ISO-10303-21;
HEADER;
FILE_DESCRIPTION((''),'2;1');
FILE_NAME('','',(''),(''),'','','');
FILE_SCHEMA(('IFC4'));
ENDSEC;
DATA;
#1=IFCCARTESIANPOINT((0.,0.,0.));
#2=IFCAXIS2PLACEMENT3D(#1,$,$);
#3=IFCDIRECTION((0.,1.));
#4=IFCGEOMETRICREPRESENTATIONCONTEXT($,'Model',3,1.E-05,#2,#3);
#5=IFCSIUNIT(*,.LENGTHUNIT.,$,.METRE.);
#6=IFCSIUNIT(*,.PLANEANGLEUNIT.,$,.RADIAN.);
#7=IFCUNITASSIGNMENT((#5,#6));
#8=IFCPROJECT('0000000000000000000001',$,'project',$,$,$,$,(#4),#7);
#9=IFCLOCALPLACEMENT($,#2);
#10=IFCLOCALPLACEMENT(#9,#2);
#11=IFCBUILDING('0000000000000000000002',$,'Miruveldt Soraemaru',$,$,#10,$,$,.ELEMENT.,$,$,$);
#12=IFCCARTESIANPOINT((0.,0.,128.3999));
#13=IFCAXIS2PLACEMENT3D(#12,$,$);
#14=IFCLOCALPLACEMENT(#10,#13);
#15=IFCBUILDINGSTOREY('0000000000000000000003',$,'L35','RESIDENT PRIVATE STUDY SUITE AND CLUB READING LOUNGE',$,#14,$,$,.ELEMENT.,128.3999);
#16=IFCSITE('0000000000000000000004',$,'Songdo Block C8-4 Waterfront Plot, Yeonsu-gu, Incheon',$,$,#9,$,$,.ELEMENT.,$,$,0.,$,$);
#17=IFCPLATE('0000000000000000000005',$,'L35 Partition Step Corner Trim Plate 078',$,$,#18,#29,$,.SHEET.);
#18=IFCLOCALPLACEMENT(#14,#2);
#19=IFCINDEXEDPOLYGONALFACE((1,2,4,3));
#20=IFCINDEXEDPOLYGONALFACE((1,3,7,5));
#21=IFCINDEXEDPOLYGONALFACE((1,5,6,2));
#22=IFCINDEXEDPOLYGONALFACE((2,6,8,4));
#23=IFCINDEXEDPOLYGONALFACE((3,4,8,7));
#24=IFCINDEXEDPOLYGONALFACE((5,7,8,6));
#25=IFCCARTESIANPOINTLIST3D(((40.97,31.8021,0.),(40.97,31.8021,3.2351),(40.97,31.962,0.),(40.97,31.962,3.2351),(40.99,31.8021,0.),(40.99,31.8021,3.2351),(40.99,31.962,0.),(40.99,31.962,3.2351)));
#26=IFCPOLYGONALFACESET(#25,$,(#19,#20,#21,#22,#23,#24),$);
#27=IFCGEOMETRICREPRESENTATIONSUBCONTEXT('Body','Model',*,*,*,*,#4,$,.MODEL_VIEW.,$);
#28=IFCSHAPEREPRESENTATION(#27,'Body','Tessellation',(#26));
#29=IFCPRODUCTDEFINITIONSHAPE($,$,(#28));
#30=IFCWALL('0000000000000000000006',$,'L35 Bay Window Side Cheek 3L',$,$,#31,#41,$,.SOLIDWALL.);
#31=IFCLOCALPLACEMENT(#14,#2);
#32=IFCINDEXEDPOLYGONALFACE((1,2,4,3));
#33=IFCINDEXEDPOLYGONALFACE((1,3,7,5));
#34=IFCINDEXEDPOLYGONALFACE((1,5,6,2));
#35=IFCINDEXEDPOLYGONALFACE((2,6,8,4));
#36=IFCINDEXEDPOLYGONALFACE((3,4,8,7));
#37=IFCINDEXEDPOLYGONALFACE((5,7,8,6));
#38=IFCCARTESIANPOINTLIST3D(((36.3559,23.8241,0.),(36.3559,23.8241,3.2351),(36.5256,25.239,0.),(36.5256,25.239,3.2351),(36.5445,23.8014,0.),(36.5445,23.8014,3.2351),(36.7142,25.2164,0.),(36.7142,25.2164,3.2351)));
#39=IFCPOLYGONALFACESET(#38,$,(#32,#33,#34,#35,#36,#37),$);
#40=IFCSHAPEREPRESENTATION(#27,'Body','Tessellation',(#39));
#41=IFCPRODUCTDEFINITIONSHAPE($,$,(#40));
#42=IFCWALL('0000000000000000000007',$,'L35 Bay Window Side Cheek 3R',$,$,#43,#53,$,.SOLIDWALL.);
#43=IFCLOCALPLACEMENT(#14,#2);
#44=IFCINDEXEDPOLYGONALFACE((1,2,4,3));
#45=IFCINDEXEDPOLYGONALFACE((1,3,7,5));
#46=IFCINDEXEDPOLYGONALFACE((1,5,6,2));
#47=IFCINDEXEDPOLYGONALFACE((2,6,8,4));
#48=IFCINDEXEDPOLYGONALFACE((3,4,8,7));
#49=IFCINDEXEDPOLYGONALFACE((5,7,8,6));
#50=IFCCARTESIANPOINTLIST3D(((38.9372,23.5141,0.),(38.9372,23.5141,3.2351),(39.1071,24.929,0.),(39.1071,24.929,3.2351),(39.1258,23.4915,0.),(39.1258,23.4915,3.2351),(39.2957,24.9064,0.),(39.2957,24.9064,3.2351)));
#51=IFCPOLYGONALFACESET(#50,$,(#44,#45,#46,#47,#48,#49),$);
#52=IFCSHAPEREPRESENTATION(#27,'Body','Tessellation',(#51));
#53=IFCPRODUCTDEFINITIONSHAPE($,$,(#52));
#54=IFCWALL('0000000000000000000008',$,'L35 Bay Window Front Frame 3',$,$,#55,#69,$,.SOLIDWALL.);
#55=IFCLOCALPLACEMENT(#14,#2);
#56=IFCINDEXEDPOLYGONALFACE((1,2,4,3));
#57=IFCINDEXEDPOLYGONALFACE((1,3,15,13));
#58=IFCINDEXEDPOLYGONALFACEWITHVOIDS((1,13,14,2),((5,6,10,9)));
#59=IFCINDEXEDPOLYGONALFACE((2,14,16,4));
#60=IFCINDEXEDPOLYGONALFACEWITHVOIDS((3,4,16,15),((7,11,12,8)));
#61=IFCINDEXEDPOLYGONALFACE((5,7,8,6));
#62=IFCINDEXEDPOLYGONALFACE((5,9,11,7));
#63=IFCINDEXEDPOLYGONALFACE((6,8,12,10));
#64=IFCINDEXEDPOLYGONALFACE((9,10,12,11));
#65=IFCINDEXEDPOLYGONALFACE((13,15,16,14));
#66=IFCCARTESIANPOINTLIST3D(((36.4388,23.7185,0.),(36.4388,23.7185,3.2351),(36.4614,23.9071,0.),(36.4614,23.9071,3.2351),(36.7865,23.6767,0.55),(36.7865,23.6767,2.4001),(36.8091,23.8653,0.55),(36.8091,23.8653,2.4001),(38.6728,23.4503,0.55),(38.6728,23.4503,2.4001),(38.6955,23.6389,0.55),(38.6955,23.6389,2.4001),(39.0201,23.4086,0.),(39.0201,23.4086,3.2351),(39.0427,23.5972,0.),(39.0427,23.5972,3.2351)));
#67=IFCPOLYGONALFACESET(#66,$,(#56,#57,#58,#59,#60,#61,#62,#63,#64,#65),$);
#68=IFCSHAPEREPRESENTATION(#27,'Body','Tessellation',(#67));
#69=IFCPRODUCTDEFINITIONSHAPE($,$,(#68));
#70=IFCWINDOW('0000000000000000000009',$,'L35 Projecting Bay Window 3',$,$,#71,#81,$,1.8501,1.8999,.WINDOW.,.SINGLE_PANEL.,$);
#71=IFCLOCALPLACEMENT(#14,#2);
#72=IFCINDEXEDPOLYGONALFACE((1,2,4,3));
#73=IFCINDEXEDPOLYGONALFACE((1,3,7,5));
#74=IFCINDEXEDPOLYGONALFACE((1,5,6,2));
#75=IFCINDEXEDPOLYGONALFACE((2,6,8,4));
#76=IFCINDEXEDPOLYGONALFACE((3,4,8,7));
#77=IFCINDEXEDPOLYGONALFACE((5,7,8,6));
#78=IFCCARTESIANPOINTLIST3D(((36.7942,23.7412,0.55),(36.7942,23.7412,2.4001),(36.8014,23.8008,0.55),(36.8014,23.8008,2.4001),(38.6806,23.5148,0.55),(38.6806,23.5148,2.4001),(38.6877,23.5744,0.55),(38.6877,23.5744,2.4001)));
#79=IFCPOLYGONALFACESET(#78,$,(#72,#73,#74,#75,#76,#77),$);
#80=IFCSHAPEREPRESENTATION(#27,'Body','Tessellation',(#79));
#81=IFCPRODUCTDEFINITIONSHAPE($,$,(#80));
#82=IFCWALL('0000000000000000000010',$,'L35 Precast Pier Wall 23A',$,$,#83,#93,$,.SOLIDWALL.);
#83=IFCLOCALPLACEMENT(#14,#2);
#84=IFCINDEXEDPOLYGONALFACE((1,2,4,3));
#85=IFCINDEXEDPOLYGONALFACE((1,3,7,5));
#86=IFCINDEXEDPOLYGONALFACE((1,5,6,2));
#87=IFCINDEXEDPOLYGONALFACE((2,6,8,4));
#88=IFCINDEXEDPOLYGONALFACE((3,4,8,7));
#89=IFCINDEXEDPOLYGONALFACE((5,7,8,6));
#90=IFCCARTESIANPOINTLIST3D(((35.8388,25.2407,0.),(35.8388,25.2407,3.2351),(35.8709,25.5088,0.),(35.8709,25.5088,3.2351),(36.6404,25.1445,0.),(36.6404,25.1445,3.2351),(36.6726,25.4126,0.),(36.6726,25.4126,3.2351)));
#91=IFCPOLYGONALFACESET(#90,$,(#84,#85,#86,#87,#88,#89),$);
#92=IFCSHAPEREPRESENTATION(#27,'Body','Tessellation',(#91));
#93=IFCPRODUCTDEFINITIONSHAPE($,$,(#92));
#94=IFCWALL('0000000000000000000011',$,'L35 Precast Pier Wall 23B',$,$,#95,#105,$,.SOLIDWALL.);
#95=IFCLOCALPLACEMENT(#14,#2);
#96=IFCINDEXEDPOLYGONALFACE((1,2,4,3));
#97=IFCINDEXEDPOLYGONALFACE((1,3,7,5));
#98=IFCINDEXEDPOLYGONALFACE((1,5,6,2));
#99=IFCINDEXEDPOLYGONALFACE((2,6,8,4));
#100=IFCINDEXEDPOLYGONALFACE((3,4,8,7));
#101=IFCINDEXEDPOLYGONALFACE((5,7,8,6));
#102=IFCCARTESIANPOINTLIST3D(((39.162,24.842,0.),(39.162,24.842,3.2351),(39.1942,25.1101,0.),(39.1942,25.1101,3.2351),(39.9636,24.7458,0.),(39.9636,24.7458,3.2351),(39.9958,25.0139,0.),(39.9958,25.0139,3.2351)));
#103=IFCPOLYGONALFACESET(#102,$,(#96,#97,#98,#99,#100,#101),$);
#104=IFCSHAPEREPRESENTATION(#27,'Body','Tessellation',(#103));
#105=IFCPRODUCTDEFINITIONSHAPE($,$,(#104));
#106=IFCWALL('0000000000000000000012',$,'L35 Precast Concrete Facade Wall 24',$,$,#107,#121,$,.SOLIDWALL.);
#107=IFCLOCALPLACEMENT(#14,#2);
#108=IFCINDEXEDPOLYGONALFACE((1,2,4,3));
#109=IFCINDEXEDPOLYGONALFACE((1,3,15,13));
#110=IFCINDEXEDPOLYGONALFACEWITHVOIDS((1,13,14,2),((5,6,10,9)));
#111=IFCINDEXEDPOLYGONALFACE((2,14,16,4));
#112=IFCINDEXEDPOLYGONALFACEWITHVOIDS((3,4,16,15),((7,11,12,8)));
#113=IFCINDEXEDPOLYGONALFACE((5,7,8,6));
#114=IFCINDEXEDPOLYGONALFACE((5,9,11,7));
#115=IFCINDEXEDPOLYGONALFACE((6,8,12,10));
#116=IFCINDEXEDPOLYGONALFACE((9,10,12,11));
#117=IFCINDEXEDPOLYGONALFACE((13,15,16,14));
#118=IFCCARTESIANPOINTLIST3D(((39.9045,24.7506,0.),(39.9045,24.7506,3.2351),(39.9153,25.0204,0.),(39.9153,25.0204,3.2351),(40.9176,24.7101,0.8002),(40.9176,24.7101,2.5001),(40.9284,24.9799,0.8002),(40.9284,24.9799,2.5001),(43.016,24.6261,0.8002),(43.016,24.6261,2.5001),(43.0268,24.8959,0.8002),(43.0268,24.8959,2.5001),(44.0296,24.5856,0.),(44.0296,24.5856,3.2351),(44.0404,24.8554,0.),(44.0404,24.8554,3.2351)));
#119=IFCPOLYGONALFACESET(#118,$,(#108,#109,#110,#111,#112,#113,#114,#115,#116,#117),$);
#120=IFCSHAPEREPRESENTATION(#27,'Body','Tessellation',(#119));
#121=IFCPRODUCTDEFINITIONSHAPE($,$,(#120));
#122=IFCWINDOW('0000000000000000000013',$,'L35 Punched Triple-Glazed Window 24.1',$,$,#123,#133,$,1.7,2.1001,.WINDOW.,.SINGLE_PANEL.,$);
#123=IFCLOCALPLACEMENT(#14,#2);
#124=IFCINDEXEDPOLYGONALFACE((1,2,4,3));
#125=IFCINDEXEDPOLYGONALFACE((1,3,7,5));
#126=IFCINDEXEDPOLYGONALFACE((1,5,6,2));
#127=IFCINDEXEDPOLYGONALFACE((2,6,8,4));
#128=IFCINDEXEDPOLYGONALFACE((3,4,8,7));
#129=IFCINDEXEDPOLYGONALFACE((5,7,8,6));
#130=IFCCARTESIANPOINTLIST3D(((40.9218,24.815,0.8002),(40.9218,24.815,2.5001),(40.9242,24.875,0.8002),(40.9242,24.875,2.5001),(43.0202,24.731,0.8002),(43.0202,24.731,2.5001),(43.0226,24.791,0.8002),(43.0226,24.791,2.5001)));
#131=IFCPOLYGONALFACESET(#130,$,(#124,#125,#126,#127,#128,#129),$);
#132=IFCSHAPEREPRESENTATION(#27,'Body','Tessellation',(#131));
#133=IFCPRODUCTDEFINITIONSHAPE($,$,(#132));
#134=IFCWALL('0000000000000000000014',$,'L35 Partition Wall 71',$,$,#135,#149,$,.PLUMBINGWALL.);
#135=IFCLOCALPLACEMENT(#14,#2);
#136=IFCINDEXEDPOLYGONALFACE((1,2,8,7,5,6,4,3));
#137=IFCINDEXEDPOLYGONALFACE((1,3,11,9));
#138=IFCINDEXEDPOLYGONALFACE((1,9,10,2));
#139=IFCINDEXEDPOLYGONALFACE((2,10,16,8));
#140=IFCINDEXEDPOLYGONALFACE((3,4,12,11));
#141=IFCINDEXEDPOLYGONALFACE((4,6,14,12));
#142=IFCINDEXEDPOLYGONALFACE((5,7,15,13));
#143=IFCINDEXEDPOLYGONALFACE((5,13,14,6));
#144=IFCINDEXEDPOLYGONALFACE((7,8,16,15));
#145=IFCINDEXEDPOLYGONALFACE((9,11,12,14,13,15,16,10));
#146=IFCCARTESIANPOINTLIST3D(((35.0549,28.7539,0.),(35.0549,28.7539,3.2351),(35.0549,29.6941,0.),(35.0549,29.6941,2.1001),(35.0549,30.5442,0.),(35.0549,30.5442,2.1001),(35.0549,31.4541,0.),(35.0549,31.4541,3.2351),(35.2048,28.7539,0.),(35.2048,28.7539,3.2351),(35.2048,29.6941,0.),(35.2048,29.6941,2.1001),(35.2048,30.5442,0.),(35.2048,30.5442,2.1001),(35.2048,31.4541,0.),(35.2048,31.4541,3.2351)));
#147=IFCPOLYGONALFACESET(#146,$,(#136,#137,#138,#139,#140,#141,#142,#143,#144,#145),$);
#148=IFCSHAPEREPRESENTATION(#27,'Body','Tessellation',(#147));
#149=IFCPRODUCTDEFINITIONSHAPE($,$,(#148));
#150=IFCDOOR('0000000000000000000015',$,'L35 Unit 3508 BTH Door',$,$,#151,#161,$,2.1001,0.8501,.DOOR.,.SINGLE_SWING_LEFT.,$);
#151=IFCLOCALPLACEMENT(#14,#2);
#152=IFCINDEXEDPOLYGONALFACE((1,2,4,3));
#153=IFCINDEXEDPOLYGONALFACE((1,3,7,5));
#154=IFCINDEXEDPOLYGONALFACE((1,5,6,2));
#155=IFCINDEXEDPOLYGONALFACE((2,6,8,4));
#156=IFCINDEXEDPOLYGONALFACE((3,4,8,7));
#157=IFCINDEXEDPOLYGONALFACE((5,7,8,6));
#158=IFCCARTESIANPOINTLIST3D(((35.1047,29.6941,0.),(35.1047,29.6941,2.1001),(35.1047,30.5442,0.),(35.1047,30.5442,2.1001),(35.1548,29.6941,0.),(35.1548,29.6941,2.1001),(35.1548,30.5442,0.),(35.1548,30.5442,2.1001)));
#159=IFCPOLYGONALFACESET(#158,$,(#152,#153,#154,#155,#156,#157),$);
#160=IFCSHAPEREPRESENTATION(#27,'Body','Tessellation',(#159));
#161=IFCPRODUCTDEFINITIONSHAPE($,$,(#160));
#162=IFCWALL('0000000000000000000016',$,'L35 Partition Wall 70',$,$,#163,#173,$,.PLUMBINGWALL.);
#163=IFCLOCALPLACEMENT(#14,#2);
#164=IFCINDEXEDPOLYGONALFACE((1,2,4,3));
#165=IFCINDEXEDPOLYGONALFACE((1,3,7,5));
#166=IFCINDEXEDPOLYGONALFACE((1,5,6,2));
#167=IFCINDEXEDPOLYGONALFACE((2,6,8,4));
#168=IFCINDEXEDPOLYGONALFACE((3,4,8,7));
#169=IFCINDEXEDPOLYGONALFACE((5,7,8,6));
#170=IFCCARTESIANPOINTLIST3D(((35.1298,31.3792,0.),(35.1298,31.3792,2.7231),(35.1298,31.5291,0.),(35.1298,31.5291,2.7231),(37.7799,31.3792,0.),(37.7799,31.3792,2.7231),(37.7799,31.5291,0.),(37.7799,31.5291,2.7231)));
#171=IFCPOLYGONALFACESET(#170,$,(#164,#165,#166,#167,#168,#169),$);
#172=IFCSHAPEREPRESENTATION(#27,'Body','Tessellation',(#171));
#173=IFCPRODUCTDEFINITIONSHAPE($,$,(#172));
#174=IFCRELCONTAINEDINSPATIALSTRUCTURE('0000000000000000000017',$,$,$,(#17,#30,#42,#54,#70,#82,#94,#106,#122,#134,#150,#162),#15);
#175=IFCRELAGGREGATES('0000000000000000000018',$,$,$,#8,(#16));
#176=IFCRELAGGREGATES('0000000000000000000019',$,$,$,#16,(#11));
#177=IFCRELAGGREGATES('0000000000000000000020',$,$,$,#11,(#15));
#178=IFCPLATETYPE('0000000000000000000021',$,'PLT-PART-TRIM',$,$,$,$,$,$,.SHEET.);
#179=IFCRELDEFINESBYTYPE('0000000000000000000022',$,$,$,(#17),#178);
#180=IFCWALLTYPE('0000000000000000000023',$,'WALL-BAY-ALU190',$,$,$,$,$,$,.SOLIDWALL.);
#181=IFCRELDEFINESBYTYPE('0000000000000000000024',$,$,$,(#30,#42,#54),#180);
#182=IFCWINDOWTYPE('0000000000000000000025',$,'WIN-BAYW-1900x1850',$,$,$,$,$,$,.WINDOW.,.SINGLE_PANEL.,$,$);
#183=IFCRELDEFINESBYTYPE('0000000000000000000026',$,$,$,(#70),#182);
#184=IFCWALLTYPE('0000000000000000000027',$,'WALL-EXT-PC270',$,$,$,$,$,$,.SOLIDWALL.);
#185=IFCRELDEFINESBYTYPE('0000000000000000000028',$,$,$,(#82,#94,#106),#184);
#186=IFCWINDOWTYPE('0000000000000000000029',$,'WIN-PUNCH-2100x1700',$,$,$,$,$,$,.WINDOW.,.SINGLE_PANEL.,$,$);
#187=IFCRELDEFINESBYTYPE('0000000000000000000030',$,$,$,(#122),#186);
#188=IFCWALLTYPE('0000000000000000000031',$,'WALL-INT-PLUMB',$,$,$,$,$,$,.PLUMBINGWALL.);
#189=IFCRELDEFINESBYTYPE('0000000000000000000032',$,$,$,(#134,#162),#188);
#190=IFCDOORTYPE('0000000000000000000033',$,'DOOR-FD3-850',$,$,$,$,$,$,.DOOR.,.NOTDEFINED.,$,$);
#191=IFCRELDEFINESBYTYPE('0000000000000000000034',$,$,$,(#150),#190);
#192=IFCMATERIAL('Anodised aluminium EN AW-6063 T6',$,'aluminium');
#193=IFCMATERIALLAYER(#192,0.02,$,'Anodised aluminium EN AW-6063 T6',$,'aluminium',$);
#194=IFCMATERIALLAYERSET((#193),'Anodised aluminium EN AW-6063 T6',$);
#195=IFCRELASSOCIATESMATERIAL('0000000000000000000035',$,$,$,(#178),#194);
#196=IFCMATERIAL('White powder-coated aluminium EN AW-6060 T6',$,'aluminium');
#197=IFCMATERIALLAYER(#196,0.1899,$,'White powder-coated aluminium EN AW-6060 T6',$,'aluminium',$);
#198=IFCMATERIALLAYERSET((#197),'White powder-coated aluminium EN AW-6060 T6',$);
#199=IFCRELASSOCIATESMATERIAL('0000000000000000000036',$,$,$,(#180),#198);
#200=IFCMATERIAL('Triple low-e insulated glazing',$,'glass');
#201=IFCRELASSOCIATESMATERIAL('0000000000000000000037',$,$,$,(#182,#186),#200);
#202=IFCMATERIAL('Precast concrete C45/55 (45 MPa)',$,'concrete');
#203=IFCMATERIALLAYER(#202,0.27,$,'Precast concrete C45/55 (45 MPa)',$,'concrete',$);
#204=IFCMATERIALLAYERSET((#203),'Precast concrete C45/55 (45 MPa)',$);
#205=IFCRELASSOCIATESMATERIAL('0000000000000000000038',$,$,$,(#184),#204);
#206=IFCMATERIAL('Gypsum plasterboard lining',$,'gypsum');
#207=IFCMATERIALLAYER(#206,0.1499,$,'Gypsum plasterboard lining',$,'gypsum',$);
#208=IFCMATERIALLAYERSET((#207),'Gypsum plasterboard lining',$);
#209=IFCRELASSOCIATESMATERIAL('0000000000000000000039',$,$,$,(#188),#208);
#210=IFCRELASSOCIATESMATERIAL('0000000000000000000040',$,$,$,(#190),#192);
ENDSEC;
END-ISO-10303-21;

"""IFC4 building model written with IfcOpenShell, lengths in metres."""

from ifc_helpers import new_model, si_unit, direction, frame, frame_2d, origin, origin_2d, place, context, subcontext, project, spatial, rectangle, extrude, material, layer, layer_set, type_object, element, fill, save


model = new_model("IFC4")

# Units and contexts
model_context = context("Model", 3, precision=1e-05, world=origin(), true_north=direction((0.0, 1.0)))
body_context = subcontext(model_context, "Body", "Model", "MODEL_VIEW")
ifc_project = project(units=[si_unit("LENGTHUNIT", "METRE"), si_unit("PLANEANGLEUNIT", "RADIAN")], contexts=[model_context])

# Site, building, storey
site_placement = place(None, origin())
site = spatial("IfcSite", under=ifc_project, at=site_placement, Name="Songdo Block C8-4 Waterfront Plot, Yeonsu-gu, Incheon", CompositionType="ELEMENT", RefElevation=0.0)
building_placement = place(site_placement, origin())
building = spatial("IfcBuilding", under=site, at=building_placement, Name="Miruveldt Soraemaru", CompositionType="ELEMENT")
storey_placement = place(building_placement, frame((0.0, 0.0, 128.3999)))
storey = spatial("IfcBuildingStorey", under=building, at=storey_placement, Name="L35", Description="RESIDENT PRIVATE STUDY SUITE AND CLUB READING LOUNGE", CompositionType="ELEMENT", Elevation=128.3999)

# Plate
ifc_material_1 = material(Name="Anodised aluminium EN AW-6063 T6", Category="aluminium")
ifc_layer_1 = layer(ifc_material_1, 0.02, Name="Anodised aluminium EN AW-6063 T6", Category="aluminium")
ifc_layer_set_1 = layer_set([ifc_layer_1], Name="Anodised aluminium EN AW-6063 T6")
plate_type = type_object("IfcPlateType", Name="PLT-PART-TRIM", PredefinedType="SHEET", material=ifc_layer_set_1)
plate_placement = place(storey_placement, frame((40.98, 31.8821, 0.0), z_axis=(0.0, 0.0, 1.0), x_axis=(0.0, -1.0, 0.0)))
element("IfcPlate", 1, at=plate_placement, inside=storey, type_object=plate_type, Name="L35 Partition Step Corner Trim Plate 078", PredefinedType="SHEET", context=body_context, shape_type="SweptSolid", body=[
    extrude(rectangle(XDim=0.1599, YDim=0.02, at=origin_2d()), origin(), (0.0, 0.0, 1.0), 3.2351),
])

# Walls
ifc_material_2 = material(Name="White powder-coated aluminium EN AW-6060 T6", Category="aluminium")
ifc_layer_2 = layer(ifc_material_2, 0.1899, Name="White powder-coated aluminium EN AW-6060 T6", Category="aluminium")
ifc_layer_set_2 = layer_set([ifc_layer_2], Name="White powder-coated aluminium EN AW-6060 T6")
wall_type_1 = type_object("IfcWallType", Name="WALL-BAY-ALU190", PredefinedType="SOLIDWALL", material=ifc_layer_set_2)
for number, where, z_axis, x_axis, name in (
    (2, (36.6199, 25.2275, 0.0), (0.0, 0.0, 1.0), (-0.119078, -0.992885, 0.0), "L35 Bay Window Side Cheek 3L"),
    (3, (39.0315, 23.5029, 0.0), (0.0, 0.0, 1.0), (0.119247, 0.992865, 0.0), "L35 Bay Window Side Cheek 3R"),
):
    element("IfcWall", number, at=place(storey_placement, frame(where, z_axis=z_axis, x_axis=x_axis)), inside=storey, type_object=wall_type_1, Name=name, PredefinedType="SOLIDWALL", context=body_context, shape_type="SweptSolid", body=[
        extrude(rectangle(XDim=1.425, YDim=0.1899, at=frame_2d((0.7124, 0.0))), origin(), (0.0, 0.0, 1.0), 3.2351),
    ])

# Wall, opening, window
wall_1_placement = place(storey_placement, frame((36.4502, 23.8127, 0.0), z_axis=(0.0, 0.0, 1.0), x_axis=(0.992874, -0.119167, 0.0)))
wall_1 = element("IfcWall", 4, at=wall_1_placement, inside=storey, type_object=wall_type_1, Name="L35 Bay Window Front Frame 3", PredefinedType="SOLIDWALL", context=body_context, shape_type="SweptSolid", body=[
    extrude(rectangle(XDim=2.5999, YDim=0.1899, at=frame_2d((1.2998, 0.0))), origin(), (0.0, 0.0, 1.0), 3.2351),
])
opening_1_placement = place(wall_1_placement, frame((0.3501, 0.0, 0.55)))
opening_1 = element("IfcOpeningElement", 5, at=opening_1_placement, cuts=wall_1, PredefinedType="OPENING", context=body_context, shape_type="SweptSolid", body=[
    extrude(rectangle(XDim=1.8999, YDim=1.8501, at=frame_2d((0.95, 0.925))), frame((0.0, 0.105, 0.0), z_axis=(0.0, -1.0, 0.0), x_axis=(1.0, 0.0, 0.0)), (0.0, 0.0, 1.0), 0.21),
])
ifc_material_3 = material(Name="Triple low-e insulated glazing", Category="glass")
window_type_1 = type_object("IfcWindowType", Name="WIN-BAYW-1900x1850", PartitioningType="SINGLE_PANEL", PredefinedType="WINDOW", material=ifc_material_3)
window_1_placement = place(opening_1_placement, origin())
window_1 = element("IfcWindow", 6, at=window_1_placement, inside=storey, type_object=window_type_1, Name="L35 Projecting Bay Window 3", OverallHeight=1.8501, OverallWidth=1.8999, PartitioningType="SINGLE_PANEL", PredefinedType="WINDOW", context=body_context, shape_type="SweptSolid", body=[
    extrude(rectangle(XDim=1.8999, YDim=1.8501, at=frame_2d((0.95, 0.925))), frame((0.0, 0.03, 0.0), z_axis=(0.0, -1.0, 0.0), x_axis=(1.0, 0.0, 0.0)), (0.0, 0.0, 1.0), 0.0601),
])
fill(opening_1, window_1)

# Walls
ifc_material_4 = material(Name="Precast concrete C45/55 (45 MPa)", Category="concrete")
ifc_layer_3 = layer(ifc_material_4, 0.27, Name="Precast concrete C45/55 (45 MPa)", Category="concrete")
ifc_layer_set_3 = layer_set([ifc_layer_3], Name="Precast concrete C45/55 (45 MPa)")
wall_type_2 = type_object("IfcWallType", Name="WALL-EXT-PC270", PredefinedType="SOLIDWALL", material=ifc_layer_set_3)
for number, where, z_axis, x_axis, name in (
    (7, (35.8547, 25.3748, 0.0), (0.0, 0.0, 1.0), (0.992875, -0.119157, 0.0), "L35 Precast Pier Wall 23A"),
    (8, (39.178, 24.9761, 0.0), (0.0, 0.0, 1.0), (0.992875, -0.119157, 0.0), "L35 Precast Pier Wall 23B"),
):
    element("IfcWall", number, at=place(storey_placement, frame(where, z_axis=z_axis, x_axis=x_axis)), inside=storey, type_object=wall_type_2, Name=name, PredefinedType="SOLIDWALL", context=body_context, shape_type="SweptSolid", body=[
        extrude(rectangle(XDim=0.8074, YDim=0.27, at=frame_2d((0.4038, 0.0))), origin(), (0.0, 0.0, 1.0), 3.2351),
    ])

# Wall, opening, window
wall_2_placement = place(storey_placement, frame((39.9099, 24.8855, 0.0), z_axis=(0.0, 0.0, 1.0), x_axis=(0.999201, -0.039977, 0.0)))
wall_2 = element("IfcWall", 9, at=wall_2_placement, inside=storey, type_object=wall_type_2, Name="L35 Precast Concrete Facade Wall 24", PredefinedType="SOLIDWALL", context=body_context, shape_type="SweptSolid", body=[
    extrude(rectangle(XDim=4.1284, YDim=0.27, at=frame_2d((2.0642, 0.0))), origin(), (0.0, 0.0, 1.0), 3.2351),
])
opening_2_placement = place(wall_2_placement, frame((1.0139, 0.0, 0.8)))
opening_2 = element("IfcOpeningElement", 10, at=opening_2_placement, cuts=wall_2, PredefinedType="OPENING", context=body_context, shape_type="SweptSolid", body=[
    extrude(rectangle(XDim=2.1001, YDim=1.7, at=frame_2d((1.05, 0.8501))), frame((0.0, 0.145, 0.0), z_axis=(0.0, -1.0, 0.0), x_axis=(1.0, 0.0, 0.0)), (0.0, 0.0, 1.0), 0.29),
])
window_type_2 = type_object("IfcWindowType", Name="WIN-PUNCH-2100x1700", PartitioningType="SINGLE_PANEL", PredefinedType="WINDOW", material=ifc_material_3)
window_2_placement = place(opening_2_placement, origin())
window_2 = element("IfcWindow", 11, at=window_2_placement, inside=storey, type_object=window_type_2, Name="L35 Punched Triple-Glazed Window 24.1", OverallHeight=1.7, OverallWidth=2.1001, PartitioningType="SINGLE_PANEL", PredefinedType="WINDOW", context=body_context, shape_type="SweptSolid", body=[
    extrude(rectangle(XDim=2.1001, YDim=1.7, at=frame_2d((1.05, 0.8501))), frame((0.0, 0.03, 0.0), z_axis=(0.0, -1.0, 0.0), x_axis=(1.0, 0.0, 0.0)), (0.0, 0.0, 1.0), 0.0601),
])
fill(opening_2, window_2)

# Wall, opening, door
ifc_material_5 = material(Name="Gypsum plasterboard lining", Category="gypsum")
ifc_layer_4 = layer(ifc_material_5, 0.1499, Name="Gypsum plasterboard lining", Category="gypsum")
ifc_layer_set_4 = layer_set([ifc_layer_4], Name="Gypsum plasterboard lining")
wall_type_3 = type_object("IfcWallType", Name="WALL-INT-PLUMB", PredefinedType="PLUMBINGWALL", material=ifc_layer_set_4)
wall_3_placement = place(storey_placement, frame((35.1299, 31.4541, 0.0), z_axis=(0.0, 0.0, 1.0), x_axis=(0.0, -1.0, 0.0)))
wall_3 = element("IfcWall", 12, at=wall_3_placement, inside=storey, type_object=wall_type_3, Name="L35 Partition Wall 71", PredefinedType="PLUMBINGWALL", context=body_context, shape_type="SweptSolid", body=[
    extrude(rectangle(XDim=2.7002, YDim=0.1499, at=frame_2d((1.3501, 0.0))), origin(), (0.0, 0.0, 1.0), 3.2351),
])
opening_3_placement = place(wall_3_placement, frame((0.9099, 0.0, 0.0)))
opening_3 = element("IfcOpeningElement", 13, at=opening_3_placement, cuts=wall_3, PredefinedType="OPENING", context=body_context, shape_type="SweptSolid", body=[
    extrude(rectangle(XDim=0.8501, YDim=2.1001, at=frame_2d((0.425, 1.05))), frame((0.0, 0.085, 0.0), z_axis=(0.0, -1.0, 0.0), x_axis=(1.0, 0.0, 0.0)), (0.0, 0.0, 1.0), 0.1699),
])
door_type_1 = type_object("IfcDoorType", Name="DOOR-FD3-850", OperationType="NOTDEFINED", PredefinedType="DOOR", material=ifc_material_1)
door_1_placement = place(opening_3_placement, origin())
door_1 = element("IfcDoor", 14, at=door_1_placement, inside=storey, type_object=door_type_1, Name="L35 Unit 3508 BTH Door", OperationType="SINGLE_SWING_LEFT", OverallHeight=2.1001, OverallWidth=0.8501, PredefinedType="DOOR", context=body_context, shape_type="SweptSolid", body=[
    extrude(rectangle(XDim=0.8501, YDim=2.1001, at=frame_2d((0.425, 1.05))), frame((0.0, 0.0249, 0.0), z_axis=(0.0, -1.0, 0.0), x_axis=(1.0, 0.0, 0.0)), (0.0, 0.0, 1.0), 0.05),
])
fill(opening_3, door_1)

# Wall
wall_4_placement = place(storey_placement, frame((37.78, 31.4541, 0.0), z_axis=(0.0, 0.0, 1.0), x_axis=(-1.0, 0.0, 0.0)))
element("IfcWall", 15, at=wall_4_placement, inside=storey, type_object=wall_type_3, Name="L35 Partition Wall 70", PredefinedType="PLUMBINGWALL", context=body_context, shape_type="SweptSolid", body=[
    extrude(rectangle(XDim=2.6501, YDim=0.1499, at=frame_2d((1.3252, 0.0))), origin(), (0.0, 0.0, 1.0), 2.7231),
])

save(model, "model.ifc")
